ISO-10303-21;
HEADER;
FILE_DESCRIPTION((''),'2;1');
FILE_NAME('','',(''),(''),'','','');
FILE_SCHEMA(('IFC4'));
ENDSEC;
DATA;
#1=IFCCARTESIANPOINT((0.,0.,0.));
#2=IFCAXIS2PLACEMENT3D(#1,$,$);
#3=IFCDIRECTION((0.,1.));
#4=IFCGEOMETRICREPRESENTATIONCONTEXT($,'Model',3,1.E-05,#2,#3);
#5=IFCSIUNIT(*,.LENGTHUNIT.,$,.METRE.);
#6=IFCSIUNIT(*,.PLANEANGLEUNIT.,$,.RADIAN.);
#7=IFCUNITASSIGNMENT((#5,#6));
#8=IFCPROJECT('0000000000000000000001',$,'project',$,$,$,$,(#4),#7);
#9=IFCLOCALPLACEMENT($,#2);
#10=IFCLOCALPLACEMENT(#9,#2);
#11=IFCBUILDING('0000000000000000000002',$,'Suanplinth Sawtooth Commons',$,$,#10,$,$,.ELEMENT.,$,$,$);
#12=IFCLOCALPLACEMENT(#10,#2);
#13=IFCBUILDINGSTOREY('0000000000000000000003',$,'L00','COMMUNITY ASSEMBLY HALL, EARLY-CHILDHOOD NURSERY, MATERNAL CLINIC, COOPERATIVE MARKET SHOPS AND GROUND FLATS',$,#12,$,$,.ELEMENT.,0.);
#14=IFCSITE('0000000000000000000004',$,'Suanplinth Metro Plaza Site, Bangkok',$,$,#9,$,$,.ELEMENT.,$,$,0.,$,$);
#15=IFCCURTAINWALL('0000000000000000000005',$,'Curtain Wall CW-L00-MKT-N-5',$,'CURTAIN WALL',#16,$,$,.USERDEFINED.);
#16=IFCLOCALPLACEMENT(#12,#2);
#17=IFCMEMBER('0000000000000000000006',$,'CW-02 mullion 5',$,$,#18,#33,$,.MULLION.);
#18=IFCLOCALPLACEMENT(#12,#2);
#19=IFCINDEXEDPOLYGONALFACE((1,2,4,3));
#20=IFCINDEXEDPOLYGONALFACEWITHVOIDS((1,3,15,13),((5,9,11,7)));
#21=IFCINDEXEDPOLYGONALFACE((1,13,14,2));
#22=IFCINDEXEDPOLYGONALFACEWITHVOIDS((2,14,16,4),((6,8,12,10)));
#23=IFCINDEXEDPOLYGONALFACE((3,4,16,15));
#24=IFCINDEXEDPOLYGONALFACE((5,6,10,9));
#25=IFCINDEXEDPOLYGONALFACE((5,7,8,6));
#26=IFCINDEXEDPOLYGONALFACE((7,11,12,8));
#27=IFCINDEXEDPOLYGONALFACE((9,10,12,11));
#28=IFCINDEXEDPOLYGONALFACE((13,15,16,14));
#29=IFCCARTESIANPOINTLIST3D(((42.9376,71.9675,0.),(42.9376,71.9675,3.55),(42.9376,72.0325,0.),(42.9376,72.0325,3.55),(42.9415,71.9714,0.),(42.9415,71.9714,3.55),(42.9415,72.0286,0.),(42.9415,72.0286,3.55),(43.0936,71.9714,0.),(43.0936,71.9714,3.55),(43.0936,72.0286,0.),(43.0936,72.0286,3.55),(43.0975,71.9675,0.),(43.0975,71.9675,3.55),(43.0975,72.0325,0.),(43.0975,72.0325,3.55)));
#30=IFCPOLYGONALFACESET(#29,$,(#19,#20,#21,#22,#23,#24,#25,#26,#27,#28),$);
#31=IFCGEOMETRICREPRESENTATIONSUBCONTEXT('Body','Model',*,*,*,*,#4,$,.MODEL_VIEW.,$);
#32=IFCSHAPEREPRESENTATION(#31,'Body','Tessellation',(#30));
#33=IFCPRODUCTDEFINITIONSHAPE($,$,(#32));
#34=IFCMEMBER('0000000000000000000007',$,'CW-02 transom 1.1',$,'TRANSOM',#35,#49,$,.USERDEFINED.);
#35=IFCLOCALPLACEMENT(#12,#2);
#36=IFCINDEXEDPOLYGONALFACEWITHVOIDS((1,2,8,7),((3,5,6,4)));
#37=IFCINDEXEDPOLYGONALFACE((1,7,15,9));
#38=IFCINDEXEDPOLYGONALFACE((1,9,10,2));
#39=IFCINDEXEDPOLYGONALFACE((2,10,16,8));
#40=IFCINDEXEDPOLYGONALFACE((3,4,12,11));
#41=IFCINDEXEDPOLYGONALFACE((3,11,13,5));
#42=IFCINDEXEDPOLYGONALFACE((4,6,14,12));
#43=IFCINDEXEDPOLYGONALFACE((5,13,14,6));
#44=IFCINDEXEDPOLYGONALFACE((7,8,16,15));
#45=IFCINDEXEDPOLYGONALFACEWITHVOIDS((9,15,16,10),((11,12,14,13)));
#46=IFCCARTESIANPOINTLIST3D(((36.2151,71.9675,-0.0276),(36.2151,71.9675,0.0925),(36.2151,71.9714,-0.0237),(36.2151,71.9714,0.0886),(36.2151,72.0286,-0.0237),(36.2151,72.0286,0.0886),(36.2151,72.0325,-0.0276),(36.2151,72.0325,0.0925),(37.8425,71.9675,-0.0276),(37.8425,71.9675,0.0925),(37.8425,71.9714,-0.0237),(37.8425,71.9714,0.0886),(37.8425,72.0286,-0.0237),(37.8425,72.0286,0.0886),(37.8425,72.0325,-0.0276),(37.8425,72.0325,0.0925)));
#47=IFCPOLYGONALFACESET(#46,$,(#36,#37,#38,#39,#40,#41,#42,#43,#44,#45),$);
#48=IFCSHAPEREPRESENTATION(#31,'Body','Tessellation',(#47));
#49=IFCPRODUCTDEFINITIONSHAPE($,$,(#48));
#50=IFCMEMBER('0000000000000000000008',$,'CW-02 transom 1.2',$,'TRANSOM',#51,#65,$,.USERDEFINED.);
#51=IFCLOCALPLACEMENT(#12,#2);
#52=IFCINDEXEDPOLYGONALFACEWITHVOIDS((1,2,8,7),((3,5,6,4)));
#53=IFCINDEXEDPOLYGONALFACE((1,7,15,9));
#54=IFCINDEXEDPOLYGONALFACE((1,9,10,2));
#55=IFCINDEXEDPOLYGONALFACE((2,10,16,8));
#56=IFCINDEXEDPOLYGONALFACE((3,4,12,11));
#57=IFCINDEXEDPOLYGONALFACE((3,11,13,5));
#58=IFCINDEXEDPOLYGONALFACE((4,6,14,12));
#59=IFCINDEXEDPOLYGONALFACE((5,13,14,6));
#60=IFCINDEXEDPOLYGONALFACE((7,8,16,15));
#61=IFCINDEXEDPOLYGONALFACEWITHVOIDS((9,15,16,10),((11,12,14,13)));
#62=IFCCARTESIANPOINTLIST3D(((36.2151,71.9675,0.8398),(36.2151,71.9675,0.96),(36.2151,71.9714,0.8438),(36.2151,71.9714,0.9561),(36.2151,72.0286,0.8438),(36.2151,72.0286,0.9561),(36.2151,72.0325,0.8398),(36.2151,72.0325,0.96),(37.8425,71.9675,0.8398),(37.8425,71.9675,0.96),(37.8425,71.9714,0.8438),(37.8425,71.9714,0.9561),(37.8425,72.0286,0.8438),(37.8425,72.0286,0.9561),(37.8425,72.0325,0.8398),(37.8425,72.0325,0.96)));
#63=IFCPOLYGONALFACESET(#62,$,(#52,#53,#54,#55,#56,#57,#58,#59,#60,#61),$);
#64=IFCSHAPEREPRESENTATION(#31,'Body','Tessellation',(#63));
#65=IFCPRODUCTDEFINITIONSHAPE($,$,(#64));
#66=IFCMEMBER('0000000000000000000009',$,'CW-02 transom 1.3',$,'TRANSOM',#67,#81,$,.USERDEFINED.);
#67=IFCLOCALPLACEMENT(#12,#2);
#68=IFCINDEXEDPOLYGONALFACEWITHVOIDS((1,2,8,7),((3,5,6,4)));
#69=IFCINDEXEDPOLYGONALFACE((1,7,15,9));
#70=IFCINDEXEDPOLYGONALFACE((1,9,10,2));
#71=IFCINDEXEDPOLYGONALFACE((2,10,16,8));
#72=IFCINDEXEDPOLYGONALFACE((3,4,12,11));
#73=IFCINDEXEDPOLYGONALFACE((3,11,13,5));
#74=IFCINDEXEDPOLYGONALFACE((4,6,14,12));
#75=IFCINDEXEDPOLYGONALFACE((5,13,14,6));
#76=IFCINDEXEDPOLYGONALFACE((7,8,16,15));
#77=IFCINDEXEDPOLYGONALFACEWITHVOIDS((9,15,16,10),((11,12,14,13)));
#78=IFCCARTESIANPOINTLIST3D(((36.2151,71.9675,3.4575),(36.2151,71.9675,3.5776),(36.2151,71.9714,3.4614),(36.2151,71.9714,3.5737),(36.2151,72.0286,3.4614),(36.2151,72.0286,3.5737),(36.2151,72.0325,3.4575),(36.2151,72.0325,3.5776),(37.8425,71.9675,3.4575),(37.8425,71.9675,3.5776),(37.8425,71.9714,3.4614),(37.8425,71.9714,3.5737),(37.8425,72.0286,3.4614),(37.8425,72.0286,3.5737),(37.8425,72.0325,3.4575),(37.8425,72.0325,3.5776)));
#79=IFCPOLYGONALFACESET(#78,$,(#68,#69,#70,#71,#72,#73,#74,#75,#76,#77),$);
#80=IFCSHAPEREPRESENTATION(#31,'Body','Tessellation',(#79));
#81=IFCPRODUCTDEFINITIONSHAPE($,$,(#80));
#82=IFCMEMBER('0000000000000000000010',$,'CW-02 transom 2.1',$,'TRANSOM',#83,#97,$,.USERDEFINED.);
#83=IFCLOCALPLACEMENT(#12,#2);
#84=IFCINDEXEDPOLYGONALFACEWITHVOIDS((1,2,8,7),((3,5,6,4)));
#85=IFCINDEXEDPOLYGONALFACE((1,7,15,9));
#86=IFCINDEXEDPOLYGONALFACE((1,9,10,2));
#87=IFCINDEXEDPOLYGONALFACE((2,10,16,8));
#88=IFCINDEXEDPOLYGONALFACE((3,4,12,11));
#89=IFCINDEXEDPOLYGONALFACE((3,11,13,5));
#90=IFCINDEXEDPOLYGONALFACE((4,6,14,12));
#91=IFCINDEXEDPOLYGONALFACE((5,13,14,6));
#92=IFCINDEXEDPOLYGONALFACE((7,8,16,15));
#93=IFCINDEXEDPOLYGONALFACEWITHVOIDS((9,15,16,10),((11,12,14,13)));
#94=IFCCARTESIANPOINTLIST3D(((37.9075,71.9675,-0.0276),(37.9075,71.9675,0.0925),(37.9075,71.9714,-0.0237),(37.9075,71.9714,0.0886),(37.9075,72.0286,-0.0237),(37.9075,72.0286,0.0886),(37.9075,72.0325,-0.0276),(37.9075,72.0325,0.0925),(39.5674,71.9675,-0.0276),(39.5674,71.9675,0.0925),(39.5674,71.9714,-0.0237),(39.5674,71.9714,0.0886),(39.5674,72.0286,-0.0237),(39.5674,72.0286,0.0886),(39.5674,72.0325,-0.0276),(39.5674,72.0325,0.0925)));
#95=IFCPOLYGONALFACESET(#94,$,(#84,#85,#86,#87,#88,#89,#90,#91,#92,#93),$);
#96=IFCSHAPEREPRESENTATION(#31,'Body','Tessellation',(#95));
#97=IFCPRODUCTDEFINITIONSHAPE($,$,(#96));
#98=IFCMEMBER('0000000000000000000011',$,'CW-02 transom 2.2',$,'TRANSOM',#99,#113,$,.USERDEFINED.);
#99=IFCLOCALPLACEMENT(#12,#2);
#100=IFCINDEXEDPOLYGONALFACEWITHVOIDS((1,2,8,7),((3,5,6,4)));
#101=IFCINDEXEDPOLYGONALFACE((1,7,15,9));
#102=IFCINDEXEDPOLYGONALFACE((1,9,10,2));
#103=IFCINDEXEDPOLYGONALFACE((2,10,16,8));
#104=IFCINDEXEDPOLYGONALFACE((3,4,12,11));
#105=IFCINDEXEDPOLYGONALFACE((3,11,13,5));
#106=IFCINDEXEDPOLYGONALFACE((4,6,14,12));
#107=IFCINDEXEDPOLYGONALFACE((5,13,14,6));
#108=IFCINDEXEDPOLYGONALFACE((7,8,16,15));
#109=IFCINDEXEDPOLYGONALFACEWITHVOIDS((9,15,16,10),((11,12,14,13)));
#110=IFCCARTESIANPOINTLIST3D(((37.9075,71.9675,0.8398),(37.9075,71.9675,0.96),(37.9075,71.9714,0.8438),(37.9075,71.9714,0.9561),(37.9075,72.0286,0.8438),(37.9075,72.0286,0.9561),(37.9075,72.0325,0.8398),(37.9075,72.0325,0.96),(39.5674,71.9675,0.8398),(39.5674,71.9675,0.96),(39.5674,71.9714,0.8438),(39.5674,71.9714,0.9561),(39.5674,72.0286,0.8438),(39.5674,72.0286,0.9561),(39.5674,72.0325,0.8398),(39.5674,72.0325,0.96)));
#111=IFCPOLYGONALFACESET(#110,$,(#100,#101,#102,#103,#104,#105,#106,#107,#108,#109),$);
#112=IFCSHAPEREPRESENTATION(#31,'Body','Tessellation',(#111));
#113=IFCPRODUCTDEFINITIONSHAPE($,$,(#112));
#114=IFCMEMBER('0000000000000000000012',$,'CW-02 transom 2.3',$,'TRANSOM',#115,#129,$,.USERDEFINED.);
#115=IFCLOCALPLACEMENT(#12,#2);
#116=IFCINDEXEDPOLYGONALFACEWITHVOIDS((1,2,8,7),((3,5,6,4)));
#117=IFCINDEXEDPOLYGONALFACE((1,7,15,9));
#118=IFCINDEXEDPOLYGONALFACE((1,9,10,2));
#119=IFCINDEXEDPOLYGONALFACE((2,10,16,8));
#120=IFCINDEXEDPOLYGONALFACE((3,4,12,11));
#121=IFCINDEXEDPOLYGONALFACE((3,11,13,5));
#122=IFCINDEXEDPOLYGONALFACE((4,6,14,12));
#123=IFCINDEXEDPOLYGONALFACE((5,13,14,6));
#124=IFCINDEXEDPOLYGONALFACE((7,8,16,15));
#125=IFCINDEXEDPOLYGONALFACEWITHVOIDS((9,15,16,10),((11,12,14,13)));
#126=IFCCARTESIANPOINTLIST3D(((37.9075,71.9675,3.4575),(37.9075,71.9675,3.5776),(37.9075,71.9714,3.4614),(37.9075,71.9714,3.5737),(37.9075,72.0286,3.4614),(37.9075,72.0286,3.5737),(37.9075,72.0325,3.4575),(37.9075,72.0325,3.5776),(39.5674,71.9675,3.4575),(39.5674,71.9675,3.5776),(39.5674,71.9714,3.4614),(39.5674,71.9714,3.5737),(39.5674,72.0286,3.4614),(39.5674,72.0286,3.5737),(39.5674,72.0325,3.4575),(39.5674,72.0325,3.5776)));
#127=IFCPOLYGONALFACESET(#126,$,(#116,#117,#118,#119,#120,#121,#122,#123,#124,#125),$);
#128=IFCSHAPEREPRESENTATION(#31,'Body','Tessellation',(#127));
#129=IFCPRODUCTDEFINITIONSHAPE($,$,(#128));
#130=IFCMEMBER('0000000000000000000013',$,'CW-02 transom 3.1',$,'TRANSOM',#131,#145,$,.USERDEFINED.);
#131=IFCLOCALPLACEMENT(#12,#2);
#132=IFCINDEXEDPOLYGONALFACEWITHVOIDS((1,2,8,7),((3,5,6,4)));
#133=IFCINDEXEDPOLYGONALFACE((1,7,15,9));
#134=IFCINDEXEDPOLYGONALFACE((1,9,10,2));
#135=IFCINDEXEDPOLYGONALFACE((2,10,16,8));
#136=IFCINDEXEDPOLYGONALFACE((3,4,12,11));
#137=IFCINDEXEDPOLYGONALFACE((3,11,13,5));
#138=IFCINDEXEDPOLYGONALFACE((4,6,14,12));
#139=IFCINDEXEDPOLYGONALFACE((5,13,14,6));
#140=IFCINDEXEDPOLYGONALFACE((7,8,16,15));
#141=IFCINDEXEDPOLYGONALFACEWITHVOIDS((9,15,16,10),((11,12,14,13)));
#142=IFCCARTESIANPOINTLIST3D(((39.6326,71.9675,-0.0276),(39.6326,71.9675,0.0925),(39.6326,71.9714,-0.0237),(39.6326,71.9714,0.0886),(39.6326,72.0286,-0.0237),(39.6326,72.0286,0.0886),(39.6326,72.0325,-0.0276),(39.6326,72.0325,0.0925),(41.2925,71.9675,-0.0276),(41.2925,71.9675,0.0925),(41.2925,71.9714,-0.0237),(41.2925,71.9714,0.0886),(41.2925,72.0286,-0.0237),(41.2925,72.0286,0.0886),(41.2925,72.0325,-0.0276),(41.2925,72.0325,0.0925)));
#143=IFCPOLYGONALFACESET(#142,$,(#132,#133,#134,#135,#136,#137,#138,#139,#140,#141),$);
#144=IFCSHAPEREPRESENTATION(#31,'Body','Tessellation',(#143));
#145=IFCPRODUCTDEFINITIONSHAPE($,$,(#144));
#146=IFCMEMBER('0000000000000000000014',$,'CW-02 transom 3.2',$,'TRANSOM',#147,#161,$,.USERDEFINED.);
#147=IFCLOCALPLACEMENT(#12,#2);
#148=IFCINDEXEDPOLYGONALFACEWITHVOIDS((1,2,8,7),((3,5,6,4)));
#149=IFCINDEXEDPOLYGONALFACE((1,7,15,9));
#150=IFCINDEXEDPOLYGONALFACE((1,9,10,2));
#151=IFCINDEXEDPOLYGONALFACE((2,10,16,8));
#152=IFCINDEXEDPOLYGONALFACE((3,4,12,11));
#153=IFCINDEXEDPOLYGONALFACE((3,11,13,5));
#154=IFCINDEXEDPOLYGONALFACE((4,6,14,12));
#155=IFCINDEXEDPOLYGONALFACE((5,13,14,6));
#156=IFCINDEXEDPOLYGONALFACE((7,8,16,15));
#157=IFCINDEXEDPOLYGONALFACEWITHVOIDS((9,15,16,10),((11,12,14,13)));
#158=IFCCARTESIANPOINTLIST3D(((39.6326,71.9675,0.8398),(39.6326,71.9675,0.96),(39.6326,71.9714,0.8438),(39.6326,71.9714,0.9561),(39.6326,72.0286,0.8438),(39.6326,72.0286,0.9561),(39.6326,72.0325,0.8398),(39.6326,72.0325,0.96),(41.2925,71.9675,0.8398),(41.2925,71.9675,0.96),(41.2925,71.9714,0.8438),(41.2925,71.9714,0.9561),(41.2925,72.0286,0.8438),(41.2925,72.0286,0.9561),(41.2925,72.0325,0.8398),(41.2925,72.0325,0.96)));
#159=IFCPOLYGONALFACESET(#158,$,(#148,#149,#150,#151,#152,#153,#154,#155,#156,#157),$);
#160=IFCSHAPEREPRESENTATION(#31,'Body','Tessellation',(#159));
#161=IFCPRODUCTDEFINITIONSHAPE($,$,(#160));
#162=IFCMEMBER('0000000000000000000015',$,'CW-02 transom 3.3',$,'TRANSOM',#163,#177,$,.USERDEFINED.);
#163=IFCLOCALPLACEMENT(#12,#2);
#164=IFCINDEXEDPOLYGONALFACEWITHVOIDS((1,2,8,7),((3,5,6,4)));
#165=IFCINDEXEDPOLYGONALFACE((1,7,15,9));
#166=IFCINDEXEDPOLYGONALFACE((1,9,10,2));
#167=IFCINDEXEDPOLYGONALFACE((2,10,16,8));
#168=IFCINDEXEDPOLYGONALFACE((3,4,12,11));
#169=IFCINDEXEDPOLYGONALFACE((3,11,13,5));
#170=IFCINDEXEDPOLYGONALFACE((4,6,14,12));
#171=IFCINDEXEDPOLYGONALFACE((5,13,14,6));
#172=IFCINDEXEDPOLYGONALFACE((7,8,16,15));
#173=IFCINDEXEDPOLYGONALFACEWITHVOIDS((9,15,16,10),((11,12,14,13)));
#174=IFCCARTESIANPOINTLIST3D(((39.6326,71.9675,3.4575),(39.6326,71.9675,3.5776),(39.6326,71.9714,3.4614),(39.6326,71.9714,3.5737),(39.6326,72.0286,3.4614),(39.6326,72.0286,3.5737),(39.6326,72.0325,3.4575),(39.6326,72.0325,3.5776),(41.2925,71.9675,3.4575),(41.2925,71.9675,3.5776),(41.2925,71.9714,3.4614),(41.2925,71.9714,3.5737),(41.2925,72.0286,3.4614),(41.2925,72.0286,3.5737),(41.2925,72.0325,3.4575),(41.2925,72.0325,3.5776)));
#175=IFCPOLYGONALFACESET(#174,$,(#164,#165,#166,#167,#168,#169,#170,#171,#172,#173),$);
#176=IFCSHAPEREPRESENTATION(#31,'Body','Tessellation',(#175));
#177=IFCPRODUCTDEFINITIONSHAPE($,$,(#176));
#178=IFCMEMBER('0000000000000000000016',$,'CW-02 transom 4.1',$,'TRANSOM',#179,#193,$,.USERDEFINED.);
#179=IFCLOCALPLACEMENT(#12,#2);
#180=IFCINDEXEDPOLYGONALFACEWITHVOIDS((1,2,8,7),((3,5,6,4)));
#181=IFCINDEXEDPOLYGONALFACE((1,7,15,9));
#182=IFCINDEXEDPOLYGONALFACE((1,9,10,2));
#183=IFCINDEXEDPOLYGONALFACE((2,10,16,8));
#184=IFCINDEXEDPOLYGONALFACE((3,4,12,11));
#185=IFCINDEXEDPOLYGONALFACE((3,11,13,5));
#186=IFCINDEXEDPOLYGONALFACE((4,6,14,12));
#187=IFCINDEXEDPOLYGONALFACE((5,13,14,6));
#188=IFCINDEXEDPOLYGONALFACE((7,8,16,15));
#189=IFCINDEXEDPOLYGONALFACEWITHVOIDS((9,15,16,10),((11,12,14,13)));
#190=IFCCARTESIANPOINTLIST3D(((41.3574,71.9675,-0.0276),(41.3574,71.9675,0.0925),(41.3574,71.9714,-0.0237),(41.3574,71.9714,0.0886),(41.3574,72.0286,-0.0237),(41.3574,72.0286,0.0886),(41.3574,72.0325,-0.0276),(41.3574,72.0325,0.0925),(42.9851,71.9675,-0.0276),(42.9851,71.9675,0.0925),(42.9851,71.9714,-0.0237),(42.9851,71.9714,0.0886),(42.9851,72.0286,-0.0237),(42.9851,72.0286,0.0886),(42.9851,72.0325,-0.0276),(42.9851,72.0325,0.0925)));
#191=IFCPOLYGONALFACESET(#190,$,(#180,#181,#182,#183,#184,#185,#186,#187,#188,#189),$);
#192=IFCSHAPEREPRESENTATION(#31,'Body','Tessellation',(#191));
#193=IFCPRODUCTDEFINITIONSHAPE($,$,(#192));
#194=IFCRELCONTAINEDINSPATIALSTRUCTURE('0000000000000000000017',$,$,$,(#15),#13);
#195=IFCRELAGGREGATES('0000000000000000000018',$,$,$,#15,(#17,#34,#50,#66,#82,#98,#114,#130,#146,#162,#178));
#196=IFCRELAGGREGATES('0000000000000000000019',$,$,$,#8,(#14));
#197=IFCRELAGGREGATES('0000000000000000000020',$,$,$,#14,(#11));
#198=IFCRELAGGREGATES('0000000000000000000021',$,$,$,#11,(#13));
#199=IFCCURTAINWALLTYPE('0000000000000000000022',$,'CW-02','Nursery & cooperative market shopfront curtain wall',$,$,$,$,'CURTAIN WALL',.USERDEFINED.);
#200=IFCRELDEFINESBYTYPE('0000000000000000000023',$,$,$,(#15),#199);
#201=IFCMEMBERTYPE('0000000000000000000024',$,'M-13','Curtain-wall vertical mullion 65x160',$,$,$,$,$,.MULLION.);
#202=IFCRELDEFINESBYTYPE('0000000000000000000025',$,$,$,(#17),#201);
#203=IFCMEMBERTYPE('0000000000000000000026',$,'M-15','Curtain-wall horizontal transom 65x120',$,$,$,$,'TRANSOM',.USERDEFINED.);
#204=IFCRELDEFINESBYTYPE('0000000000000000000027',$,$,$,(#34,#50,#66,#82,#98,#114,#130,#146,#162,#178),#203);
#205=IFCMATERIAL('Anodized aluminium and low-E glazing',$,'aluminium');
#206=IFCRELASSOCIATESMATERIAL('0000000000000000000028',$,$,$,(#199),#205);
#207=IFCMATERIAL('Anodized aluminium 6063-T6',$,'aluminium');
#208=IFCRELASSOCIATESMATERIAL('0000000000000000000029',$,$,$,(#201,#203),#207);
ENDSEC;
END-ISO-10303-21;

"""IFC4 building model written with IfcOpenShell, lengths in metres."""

from ifc_helpers import new_model, si_unit, direction, frame, origin, origin_2d, place, context, subcontext, project, spatial, hollow_rectangle, extrude, material, material_profile, profile_set, type_object, element, aggregate, save


model = new_model("IFC4")

# Units and contexts
model_context = context("Model", 3, precision=1e-05, world=origin(), true_north=direction((0.0, 1.0)))
body_context = subcontext(model_context, "Body", "Model", "MODEL_VIEW")
ifc_project = project(units=[si_unit("LENGTHUNIT", "METRE"), si_unit("PLANEANGLEUNIT", "RADIAN")], contexts=[model_context])

# Site, building, storey
site_placement = place(None, origin())
site = spatial("IfcSite", under=ifc_project, at=site_placement, Name="Suanplinth Metro Plaza Site, Bangkok", CompositionType="ELEMENT", RefElevation=0.0)
building_placement = place(site_placement, origin())
building = spatial("IfcBuilding", under=site, at=building_placement, Name="Suanplinth Sawtooth Commons", CompositionType="ELEMENT")
storey_placement = place(building_placement, origin())
storey = spatial("IfcBuildingStorey", under=building, at=storey_placement, Name="L00", Description="COMMUNITY ASSEMBLY HALL, EARLY-CHILDHOOD NURSERY, MATERNAL CLINIC, COOPERATIVE MARKET SHOPS AND GROUND FLATS", CompositionType="ELEMENT", Elevation=0.0)

# Shared definitions
ifc_material_1 = material(Name="Anodized aluminium and low-E glazing", Category="aluminium")
curtain_wall_type = type_object("IfcCurtainWallType", Name="CW-02", Description="Nursery & cooperative market shopfront curtain wall", ElementType="CURTAIN WALL", PredefinedType="USERDEFINED", material=ifc_material_1)
ifc_material_2 = material(Name="Anodized aluminium 6063-T6", Category="aluminium")
ifc_material_profile_1 = material_profile(ifc_material_2, hollow_rectangle(XDim=0.0649, YDim=0.1599, WallThickness=0.0039, at=origin_2d()), Name="ALU-MUL 65x160")
ifc_profile_set_1 = profile_set([ifc_material_profile_1], Name="Anodized aluminium 6063-T6")
member_type_1 = type_object("IfcMemberType", Name="M-13", Description="Curtain-wall vertical mullion 65x160", PredefinedType="MULLION", material=ifc_profile_set_1)

# Curtain wall, members
curtain_wall_1_placement = place(storey_placement, origin())
curtain_wall_1 = element("IfcCurtainWall", 1, at=curtain_wall_1_placement, inside=storey, type_object=curtain_wall_type, Name="Curtain Wall CW-L00-MKT-N-5", ObjectType="CURTAIN WALL", PredefinedType="USERDEFINED")
member_1_placement = place(storey_placement, frame((43.0176, 72.0, 0.0), z_axis=(0.0, 0.0, 1.0), x_axis=(0.0, 1.0, 0.0)))
member_1 = element("IfcMember", 2, at=member_1_placement, type_object=member_type_1, Name="CW-02 mullion 5", PredefinedType="MULLION", context=body_context, shape_type="SweptSolid", body=[
    extrude(hollow_rectangle(XDim=0.0649, YDim=0.1599, WallThickness=0.0039, at=origin_2d()), origin(), (0.0, 0.0, 1.0), 3.55),
])
ifc_material_profile_2 = material_profile(ifc_material_2, hollow_rectangle(XDim=0.0649, YDim=0.1201, WallThickness=0.0039, at=origin_2d()), Name="ALU-TRN 65x120")
ifc_profile_set_2 = profile_set([ifc_material_profile_2], Name="Anodized aluminium 6063-T6")
member_type_2 = type_object("IfcMemberType", Name="M-15", Description="Curtain-wall horizontal transom 65x120", ElementType="TRANSOM", PredefinedType="USERDEFINED", material=ifc_profile_set_2)
member_2_placement = place(storey_placement, frame((36.2151, 72.0, 0.0325), z_axis=(1.0, 0.0, 0.0), x_axis=(0.0, 1.0, 0.0)))
member_2 = element("IfcMember", 3, at=member_2_placement, type_object=member_type_2, Name="CW-02 transom 1.1", ObjectType="TRANSOM", PredefinedType="USERDEFINED", context=body_context, shape_type="SweptSolid", body=[
    extrude(hollow_rectangle(XDim=0.0649, YDim=0.1201, WallThickness=0.0039, at=origin_2d()), origin(), (0.0, 0.0, 1.0), 1.6274),
])
member_3_placement = place(storey_placement, frame((36.2151, 72.0, 0.8999), z_axis=(1.0, 0.0, 0.0), x_axis=(0.0, 1.0, 0.0)))
member_3 = element("IfcMember", 4, at=member_3_placement, type_object=member_type_2, Name="CW-02 transom 1.2", ObjectType="TRANSOM", PredefinedType="USERDEFINED", context=body_context, shape_type="SweptSolid", body=[
    extrude(hollow_rectangle(XDim=0.0649, YDim=0.1201, WallThickness=0.0039, at=origin_2d()), origin(), (0.0, 0.0, 1.0), 1.6274),
])
member_4_placement = place(storey_placement, frame((36.2151, 72.0, 3.5176), z_axis=(1.0, 0.0, 0.0), x_axis=(0.0, 1.0, 0.0)))
member_4 = element("IfcMember", 5, at=member_4_placement, type_object=member_type_2, Name="CW-02 transom 1.3", ObjectType="TRANSOM", PredefinedType="USERDEFINED", context=body_context, shape_type="SweptSolid", body=[
    extrude(hollow_rectangle(XDim=0.0649, YDim=0.1201, WallThickness=0.0039, at=origin_2d()), origin(), (0.0, 0.0, 1.0), 1.6274),
])
member_5_placement = place(storey_placement, frame((37.9075, 72.0, 0.0325), z_axis=(1.0, 0.0, 0.0), x_axis=(0.0, 1.0, 0.0)))
member_5 = element("IfcMember", 6, at=member_5_placement, type_object=member_type_2, Name="CW-02 transom 2.1", ObjectType="TRANSOM", PredefinedType="USERDEFINED", context=body_context, shape_type="SweptSolid", body=[
    extrude(hollow_rectangle(XDim=0.0649, YDim=0.1201, WallThickness=0.0039, at=origin_2d()), origin(), (0.0, 0.0, 1.0), 1.6599),
])
member_6_placement = place(storey_placement, frame((37.9075, 72.0, 0.8999), z_axis=(1.0, 0.0, 0.0), x_axis=(0.0, 1.0, 0.0)))
member_6 = element("IfcMember", 7, at=member_6_placement, type_object=member_type_2, Name="CW-02 transom 2.2", ObjectType="TRANSOM", PredefinedType="USERDEFINED", context=body_context, shape_type="SweptSolid", body=[
    extrude(hollow_rectangle(XDim=0.0649, YDim=0.1201, WallThickness=0.0039, at=origin_2d()), origin(), (0.0, 0.0, 1.0), 1.6599),
])
member_7_placement = place(storey_placement, frame((37.9075, 72.0, 3.5176), z_axis=(1.0, 0.0, 0.0), x_axis=(0.0, 1.0, 0.0)))
member_7 = element("IfcMember", 8, at=member_7_placement, type_object=member_type_2, Name="CW-02 transom 2.3", ObjectType="TRANSOM", PredefinedType="USERDEFINED", context=body_context, shape_type="SweptSolid", body=[
    extrude(hollow_rectangle(XDim=0.0649, YDim=0.1201, WallThickness=0.0039, at=origin_2d()), origin(), (0.0, 0.0, 1.0), 1.6599),
])
member_8_placement = place(storey_placement, frame((39.6326, 72.0, 0.0325), z_axis=(1.0, 0.0, 0.0), x_axis=(0.0, 1.0, 0.0)))
member_8 = element("IfcMember", 9, at=member_8_placement, type_object=member_type_2, Name="CW-02 transom 3.1", ObjectType="TRANSOM", PredefinedType="USERDEFINED", context=body_context, shape_type="SweptSolid", body=[
    extrude(hollow_rectangle(XDim=0.0649, YDim=0.1201, WallThickness=0.0039, at=origin_2d()), origin(), (0.0, 0.0, 1.0), 1.6599),
])
member_9_placement = place(storey_placement, frame((39.6326, 72.0, 0.8999), z_axis=(1.0, 0.0, 0.0), x_axis=(0.0, 1.0, 0.0)))
member_9 = element("IfcMember", 10, at=member_9_placement, type_object=member_type_2, Name="CW-02 transom 3.2", ObjectType="TRANSOM", PredefinedType="USERDEFINED", context=body_context, shape_type="SweptSolid", body=[
    extrude(hollow_rectangle(XDim=0.0649, YDim=0.1201, WallThickness=0.0039, at=origin_2d()), origin(), (0.0, 0.0, 1.0), 1.6599),
])
member_10_placement = place(storey_placement, frame((39.6326, 72.0, 3.5176), z_axis=(1.0, 0.0, 0.0), x_axis=(0.0, 1.0, 0.0)))
member_10 = element("IfcMember", 11, at=member_10_placement, type_object=member_type_2, Name="CW-02 transom 3.3", ObjectType="TRANSOM", PredefinedType="USERDEFINED", context=body_context, shape_type="SweptSolid", body=[
    extrude(hollow_rectangle(XDim=0.0649, YDim=0.1201, WallThickness=0.0039, at=origin_2d()), origin(), (0.0, 0.0, 1.0), 1.6599),
])
member_11_placement = place(storey_placement, frame((41.3574, 72.0, 0.0325), z_axis=(1.0, 0.0, 0.0), x_axis=(0.0, 1.0, 0.0)))
member_11 = element("IfcMember", 12, at=member_11_placement, type_object=member_type_2, Name="CW-02 transom 4.1", ObjectType="TRANSOM", PredefinedType="USERDEFINED", context=body_context, shape_type="SweptSolid", body=[
    extrude(hollow_rectangle(XDim=0.0649, YDim=0.1201, WallThickness=0.0039, at=origin_2d()), origin(), (0.0, 0.0, 1.0), 1.6277),
])

aggregate(curtain_wall_1, [member_1, member_2, member_3, member_4, member_5, member_6, member_7, member_8, member_9, member_10, member_11])

save(model, "model.ifc")
